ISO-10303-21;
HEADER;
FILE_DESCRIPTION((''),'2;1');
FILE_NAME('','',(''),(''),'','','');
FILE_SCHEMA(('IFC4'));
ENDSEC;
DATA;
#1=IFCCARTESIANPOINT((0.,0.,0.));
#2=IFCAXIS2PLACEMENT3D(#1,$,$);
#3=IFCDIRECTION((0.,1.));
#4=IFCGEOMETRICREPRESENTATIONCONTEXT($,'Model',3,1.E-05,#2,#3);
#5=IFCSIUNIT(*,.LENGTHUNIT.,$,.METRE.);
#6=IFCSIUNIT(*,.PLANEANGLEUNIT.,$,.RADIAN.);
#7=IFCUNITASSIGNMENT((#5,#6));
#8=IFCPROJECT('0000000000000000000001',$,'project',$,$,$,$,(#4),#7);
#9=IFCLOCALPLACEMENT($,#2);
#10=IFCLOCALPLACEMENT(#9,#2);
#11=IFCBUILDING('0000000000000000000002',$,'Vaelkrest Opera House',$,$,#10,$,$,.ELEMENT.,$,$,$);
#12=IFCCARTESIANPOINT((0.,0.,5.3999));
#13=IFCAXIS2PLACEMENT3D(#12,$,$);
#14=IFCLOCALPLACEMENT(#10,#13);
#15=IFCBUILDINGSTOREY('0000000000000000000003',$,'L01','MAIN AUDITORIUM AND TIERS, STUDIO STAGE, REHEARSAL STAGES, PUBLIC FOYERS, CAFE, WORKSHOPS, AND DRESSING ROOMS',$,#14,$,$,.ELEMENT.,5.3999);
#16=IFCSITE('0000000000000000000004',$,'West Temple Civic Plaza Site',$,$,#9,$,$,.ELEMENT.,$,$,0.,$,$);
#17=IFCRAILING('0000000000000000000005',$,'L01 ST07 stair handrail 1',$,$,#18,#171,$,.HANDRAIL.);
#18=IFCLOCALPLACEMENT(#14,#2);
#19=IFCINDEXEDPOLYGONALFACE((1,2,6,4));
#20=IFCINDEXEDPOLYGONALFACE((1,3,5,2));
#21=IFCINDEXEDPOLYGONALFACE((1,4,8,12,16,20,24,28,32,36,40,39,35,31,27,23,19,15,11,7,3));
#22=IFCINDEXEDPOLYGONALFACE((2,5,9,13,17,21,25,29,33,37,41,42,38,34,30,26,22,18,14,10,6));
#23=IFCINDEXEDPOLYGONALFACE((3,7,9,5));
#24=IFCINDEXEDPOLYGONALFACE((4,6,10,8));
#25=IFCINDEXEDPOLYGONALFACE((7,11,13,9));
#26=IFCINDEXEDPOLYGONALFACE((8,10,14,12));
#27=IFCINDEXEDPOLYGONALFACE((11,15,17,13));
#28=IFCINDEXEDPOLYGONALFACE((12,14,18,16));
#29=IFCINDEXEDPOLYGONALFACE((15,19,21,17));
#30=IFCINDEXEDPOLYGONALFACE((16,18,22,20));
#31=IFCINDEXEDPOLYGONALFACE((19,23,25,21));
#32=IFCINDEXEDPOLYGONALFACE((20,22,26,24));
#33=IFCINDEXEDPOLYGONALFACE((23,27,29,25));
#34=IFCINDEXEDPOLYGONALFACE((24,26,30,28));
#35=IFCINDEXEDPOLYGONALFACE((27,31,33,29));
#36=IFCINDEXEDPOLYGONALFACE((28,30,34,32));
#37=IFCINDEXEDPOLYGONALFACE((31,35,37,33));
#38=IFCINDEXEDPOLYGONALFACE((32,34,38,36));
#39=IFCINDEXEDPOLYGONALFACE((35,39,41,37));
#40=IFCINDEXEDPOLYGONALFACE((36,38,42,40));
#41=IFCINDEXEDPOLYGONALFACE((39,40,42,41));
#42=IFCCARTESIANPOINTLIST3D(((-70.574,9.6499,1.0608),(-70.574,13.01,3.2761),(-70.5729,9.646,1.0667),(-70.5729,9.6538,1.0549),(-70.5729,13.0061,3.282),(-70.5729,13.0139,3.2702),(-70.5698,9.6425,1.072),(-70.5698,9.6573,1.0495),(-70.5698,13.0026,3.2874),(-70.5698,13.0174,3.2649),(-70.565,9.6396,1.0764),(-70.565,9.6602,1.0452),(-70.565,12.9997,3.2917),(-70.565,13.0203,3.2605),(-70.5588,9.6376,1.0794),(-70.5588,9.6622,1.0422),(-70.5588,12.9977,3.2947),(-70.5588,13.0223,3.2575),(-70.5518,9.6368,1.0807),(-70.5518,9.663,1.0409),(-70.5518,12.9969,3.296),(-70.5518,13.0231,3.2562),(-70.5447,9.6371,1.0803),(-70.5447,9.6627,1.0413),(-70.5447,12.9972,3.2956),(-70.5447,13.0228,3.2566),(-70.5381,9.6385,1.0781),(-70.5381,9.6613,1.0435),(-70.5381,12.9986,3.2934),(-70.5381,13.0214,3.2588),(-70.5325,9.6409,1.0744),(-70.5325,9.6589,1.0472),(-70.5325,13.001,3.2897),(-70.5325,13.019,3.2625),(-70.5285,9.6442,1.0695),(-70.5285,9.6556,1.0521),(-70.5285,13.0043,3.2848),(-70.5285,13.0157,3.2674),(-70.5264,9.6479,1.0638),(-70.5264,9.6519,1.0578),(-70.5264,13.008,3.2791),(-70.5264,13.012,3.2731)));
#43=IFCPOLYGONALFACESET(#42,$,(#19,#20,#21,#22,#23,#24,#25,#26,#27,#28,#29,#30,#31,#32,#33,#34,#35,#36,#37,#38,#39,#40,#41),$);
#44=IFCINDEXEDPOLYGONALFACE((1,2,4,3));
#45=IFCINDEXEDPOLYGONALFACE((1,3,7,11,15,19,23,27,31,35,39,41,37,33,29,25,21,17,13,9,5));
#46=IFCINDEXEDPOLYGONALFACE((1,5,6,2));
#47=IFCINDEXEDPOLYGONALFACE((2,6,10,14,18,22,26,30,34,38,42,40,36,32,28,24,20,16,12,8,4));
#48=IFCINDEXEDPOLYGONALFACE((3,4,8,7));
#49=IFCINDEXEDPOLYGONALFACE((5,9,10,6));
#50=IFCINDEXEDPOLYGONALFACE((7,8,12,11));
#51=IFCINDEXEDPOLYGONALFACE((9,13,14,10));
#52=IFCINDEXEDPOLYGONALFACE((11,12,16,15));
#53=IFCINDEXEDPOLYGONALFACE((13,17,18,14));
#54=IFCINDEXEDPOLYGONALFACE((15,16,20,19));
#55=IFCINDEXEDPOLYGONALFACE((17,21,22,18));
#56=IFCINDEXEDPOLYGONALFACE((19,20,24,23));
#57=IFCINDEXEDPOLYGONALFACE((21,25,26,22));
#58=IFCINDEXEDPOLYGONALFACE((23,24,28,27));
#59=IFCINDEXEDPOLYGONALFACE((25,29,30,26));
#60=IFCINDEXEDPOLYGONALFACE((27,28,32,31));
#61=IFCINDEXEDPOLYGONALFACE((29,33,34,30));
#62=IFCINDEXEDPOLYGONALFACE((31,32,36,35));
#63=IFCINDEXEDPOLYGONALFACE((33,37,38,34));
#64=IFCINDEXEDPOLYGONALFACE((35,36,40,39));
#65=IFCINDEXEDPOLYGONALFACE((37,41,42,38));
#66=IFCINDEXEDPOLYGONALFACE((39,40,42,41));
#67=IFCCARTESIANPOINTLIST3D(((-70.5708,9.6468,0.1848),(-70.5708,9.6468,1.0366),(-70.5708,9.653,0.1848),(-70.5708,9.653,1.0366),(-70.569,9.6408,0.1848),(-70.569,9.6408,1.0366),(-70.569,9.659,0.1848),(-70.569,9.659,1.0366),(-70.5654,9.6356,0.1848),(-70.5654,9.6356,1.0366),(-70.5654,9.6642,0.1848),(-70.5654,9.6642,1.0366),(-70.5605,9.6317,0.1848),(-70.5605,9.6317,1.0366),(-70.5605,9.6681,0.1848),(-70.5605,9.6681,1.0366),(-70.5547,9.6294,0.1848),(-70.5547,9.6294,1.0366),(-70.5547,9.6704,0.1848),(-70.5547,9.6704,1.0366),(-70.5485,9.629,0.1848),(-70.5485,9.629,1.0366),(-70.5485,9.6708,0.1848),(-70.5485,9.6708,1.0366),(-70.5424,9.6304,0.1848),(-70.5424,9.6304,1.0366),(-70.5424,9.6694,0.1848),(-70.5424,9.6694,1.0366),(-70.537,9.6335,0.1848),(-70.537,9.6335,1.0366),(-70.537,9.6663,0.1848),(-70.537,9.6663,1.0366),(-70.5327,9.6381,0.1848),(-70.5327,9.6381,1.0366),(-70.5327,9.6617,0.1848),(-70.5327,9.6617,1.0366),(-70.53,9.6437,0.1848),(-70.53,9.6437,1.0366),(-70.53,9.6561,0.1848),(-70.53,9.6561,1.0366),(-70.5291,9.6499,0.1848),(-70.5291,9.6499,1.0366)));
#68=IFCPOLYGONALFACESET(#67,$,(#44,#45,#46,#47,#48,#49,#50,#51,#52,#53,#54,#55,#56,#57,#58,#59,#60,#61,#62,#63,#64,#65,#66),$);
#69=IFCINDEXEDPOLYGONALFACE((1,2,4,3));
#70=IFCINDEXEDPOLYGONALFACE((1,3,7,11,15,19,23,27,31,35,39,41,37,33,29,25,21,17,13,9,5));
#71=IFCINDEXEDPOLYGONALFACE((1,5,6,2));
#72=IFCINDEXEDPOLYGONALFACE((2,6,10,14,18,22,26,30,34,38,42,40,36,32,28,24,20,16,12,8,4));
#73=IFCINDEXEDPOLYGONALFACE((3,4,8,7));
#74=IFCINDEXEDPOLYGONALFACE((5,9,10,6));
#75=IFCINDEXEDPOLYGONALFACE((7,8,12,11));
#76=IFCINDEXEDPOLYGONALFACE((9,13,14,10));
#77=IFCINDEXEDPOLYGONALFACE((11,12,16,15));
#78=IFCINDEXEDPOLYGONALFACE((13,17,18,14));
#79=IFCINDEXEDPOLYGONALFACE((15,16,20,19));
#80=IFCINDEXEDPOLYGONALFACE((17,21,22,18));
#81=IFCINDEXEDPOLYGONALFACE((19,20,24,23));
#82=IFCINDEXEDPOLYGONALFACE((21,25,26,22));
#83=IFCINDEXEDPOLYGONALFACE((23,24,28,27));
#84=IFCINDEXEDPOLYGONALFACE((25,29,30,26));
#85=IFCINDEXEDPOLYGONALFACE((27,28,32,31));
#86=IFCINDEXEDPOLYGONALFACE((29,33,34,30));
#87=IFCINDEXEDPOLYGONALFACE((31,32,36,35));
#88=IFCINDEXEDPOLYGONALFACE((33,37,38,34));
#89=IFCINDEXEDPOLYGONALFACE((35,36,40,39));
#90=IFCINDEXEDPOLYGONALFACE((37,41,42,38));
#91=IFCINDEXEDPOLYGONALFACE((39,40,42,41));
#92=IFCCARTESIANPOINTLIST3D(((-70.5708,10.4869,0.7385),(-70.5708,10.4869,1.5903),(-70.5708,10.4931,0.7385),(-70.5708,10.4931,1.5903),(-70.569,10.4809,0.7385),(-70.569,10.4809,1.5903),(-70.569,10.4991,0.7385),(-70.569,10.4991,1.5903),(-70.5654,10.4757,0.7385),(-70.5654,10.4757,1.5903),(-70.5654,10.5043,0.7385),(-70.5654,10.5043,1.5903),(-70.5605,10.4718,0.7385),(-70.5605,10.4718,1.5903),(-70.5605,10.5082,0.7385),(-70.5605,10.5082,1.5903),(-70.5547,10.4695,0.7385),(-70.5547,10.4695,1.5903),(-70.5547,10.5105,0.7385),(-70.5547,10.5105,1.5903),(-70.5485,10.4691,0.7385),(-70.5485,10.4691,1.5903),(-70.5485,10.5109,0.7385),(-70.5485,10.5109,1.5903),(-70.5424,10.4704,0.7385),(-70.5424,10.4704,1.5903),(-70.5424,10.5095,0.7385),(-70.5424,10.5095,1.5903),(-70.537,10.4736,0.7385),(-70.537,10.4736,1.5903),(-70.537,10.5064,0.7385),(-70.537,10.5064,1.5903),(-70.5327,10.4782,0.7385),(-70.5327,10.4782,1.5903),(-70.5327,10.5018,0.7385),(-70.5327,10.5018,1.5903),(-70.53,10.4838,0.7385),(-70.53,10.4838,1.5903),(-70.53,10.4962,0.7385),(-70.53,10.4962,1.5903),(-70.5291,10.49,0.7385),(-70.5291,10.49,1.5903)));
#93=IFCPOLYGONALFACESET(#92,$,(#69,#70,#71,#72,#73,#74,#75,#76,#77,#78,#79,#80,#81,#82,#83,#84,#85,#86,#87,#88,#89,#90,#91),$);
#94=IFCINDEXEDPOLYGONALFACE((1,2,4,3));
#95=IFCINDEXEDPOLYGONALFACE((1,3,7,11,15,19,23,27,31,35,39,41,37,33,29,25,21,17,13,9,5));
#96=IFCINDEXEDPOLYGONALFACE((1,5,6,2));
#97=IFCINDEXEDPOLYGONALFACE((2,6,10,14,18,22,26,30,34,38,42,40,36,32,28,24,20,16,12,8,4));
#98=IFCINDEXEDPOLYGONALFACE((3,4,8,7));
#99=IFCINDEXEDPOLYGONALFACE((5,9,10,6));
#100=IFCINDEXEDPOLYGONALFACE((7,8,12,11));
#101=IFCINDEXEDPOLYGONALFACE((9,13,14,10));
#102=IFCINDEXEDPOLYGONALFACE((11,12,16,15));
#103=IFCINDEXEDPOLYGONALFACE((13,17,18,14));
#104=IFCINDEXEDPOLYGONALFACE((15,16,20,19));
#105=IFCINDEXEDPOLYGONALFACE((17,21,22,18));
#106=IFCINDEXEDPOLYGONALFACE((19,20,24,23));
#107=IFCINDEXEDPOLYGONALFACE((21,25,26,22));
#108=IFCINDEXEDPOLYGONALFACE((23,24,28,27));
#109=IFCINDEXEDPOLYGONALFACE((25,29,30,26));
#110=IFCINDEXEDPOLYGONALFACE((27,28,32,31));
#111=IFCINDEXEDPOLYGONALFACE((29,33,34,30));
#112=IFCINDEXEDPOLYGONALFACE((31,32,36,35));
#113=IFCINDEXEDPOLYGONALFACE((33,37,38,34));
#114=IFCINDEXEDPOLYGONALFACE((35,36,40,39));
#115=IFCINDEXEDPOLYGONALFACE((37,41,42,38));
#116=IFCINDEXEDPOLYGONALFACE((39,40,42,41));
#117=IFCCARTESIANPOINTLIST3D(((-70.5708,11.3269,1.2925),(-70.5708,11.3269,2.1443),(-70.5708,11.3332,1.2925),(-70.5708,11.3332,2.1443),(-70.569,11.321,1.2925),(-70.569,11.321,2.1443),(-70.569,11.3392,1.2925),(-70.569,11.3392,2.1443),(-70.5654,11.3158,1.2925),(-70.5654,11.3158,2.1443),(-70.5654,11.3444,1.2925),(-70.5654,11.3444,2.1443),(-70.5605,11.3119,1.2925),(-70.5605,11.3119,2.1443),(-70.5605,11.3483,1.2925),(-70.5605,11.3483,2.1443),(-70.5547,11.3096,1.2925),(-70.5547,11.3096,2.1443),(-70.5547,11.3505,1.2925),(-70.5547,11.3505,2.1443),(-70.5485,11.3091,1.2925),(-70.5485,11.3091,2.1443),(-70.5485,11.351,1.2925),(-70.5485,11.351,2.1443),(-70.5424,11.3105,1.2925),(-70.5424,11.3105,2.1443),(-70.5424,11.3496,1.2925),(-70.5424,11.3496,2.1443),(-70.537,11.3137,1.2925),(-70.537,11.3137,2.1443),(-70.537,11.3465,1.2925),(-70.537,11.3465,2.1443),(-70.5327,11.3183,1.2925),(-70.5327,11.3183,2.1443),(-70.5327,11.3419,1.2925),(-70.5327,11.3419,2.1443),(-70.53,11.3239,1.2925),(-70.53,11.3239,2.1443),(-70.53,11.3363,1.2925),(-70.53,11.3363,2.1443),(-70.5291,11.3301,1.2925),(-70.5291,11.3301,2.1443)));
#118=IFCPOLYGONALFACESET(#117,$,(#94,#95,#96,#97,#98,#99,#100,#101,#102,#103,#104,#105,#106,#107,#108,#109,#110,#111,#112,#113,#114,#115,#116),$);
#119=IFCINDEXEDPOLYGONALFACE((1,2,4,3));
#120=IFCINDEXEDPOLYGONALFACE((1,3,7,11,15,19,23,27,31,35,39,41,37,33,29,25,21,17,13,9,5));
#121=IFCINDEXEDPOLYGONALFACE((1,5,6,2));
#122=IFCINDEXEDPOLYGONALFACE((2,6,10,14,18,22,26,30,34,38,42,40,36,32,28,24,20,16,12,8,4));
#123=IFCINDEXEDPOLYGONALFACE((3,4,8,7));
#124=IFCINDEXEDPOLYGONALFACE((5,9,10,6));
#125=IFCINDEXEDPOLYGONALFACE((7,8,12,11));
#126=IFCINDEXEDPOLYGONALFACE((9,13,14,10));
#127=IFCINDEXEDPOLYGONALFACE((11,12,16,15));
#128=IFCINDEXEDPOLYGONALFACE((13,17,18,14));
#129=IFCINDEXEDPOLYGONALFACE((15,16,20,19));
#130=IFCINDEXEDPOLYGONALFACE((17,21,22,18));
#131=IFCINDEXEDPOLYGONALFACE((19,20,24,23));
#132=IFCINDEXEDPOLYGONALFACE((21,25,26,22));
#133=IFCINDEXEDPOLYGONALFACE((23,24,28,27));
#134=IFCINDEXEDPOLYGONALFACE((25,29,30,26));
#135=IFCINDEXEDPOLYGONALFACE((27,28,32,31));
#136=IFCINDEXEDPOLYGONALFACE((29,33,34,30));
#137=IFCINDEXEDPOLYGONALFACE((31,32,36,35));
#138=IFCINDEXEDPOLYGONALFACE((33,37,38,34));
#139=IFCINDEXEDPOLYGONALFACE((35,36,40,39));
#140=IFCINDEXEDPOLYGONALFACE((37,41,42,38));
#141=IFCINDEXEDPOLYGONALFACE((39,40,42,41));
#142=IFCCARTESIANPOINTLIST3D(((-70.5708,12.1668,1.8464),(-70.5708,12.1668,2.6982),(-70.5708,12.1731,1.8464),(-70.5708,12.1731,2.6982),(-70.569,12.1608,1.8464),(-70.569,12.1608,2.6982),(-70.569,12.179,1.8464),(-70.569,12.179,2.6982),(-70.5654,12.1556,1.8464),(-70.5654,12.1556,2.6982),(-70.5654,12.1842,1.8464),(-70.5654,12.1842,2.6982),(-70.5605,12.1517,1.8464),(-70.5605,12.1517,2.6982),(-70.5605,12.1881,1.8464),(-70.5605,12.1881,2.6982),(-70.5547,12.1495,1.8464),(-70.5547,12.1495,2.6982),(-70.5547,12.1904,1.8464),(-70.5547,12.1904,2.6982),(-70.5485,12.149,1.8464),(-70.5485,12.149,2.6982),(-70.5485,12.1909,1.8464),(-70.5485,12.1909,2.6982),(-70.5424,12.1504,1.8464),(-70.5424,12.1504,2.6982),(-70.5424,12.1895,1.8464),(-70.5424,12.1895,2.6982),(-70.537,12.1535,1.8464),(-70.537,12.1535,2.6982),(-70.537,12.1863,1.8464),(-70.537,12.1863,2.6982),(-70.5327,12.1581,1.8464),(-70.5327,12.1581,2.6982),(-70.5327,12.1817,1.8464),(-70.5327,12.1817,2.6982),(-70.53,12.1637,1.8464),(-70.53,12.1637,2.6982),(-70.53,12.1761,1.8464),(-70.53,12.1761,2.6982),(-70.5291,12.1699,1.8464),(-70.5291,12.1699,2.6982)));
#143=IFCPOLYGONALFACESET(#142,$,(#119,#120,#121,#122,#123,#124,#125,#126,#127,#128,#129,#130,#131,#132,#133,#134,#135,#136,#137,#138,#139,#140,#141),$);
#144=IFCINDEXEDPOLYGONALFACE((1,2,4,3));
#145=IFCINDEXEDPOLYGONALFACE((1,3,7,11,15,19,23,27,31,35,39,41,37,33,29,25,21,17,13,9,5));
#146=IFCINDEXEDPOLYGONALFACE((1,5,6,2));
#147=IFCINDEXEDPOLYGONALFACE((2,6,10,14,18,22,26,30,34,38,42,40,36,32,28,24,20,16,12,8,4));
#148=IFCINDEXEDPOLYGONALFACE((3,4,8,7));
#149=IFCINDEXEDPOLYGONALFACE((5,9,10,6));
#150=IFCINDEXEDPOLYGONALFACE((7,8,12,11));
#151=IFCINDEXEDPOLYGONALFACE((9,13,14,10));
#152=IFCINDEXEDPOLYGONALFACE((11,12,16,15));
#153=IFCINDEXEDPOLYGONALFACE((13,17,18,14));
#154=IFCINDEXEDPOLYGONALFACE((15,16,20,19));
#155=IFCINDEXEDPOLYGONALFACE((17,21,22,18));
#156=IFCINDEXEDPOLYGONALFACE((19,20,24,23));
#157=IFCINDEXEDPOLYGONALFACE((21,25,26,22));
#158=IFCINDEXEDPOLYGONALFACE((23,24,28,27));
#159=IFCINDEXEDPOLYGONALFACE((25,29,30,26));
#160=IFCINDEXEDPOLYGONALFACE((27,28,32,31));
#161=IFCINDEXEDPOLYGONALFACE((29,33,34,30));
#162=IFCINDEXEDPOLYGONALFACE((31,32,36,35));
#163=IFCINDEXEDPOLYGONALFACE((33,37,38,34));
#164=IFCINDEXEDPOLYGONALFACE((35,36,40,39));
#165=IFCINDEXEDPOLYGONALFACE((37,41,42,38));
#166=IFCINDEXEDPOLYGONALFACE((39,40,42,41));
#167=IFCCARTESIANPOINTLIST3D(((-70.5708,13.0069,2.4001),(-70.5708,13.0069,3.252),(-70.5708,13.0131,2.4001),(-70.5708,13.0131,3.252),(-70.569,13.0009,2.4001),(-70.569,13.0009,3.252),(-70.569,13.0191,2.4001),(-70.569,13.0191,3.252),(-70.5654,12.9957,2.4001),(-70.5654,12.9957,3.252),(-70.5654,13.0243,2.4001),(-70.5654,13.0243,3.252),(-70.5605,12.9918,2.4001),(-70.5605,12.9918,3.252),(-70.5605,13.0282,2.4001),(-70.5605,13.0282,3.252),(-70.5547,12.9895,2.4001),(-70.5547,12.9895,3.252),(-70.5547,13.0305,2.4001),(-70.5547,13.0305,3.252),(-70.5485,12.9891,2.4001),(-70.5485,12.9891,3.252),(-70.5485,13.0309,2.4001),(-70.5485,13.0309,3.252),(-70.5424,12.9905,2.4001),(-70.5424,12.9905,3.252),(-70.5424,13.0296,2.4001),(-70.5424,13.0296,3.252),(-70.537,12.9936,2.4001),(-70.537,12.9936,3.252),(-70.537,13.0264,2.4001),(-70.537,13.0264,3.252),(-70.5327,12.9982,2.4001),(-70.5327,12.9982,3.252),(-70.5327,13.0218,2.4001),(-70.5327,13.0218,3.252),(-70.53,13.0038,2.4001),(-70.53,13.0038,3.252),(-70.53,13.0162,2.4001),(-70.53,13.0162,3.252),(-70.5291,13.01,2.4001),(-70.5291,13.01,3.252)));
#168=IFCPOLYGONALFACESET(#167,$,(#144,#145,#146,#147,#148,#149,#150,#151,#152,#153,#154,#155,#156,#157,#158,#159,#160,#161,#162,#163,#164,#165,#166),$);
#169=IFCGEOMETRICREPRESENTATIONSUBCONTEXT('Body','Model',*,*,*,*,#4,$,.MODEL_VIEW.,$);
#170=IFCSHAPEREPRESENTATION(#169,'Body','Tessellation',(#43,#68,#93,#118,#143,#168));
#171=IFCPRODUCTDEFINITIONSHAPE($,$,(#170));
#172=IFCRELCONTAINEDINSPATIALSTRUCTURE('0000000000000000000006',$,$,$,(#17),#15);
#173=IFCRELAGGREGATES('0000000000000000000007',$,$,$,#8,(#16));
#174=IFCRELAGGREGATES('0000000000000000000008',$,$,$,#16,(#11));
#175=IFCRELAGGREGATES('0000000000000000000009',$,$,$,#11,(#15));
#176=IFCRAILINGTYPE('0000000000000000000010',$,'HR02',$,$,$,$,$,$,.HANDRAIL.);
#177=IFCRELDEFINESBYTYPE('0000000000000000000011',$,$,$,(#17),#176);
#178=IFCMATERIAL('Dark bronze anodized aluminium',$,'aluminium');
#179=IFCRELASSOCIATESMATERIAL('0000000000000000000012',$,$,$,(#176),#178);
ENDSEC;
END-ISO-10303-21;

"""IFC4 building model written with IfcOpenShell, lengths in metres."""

from ifc_helpers import new_model, si_unit, direction, frame, origin, origin_2d, place, context, subcontext, project, spatial, circle, extrude, material, type_object, element, save


model = new_model("IFC4")

# Units and contexts
model_context = context("Model", 3, precision=1e-05, world=origin(), true_north=direction((0.0, 1.0)))
body_context = subcontext(model_context, "Body", "Model", "MODEL_VIEW")
ifc_project = project(units=[si_unit("LENGTHUNIT", "METRE"), si_unit("PLANEANGLEUNIT", "RADIAN")], contexts=[model_context])

# Site, building, storey
site_placement = place(None, origin())
site = spatial("IfcSite", under=ifc_project, at=site_placement, Name="West Temple Civic Plaza Site", CompositionType="ELEMENT", RefElevation=0.0)
building_placement = place(site_placement, origin())
building = spatial("IfcBuilding", under=site, at=building_placement, Name="Vaelkrest Opera House", CompositionType="ELEMENT")
storey_placement = place(building_placement, frame((0.0, 0.0, 5.3999)))
storey = spatial("IfcBuildingStorey", under=building, at=storey_placement, Name="L01", Description="MAIN AUDITORIUM AND TIERS, STUDIO STAGE, REHEARSAL STAGES, PUBLIC FOYERS, CAFE, WORKSHOPS, AND DRESSING ROOMS", CompositionType="ELEMENT", Elevation=5.3999)

# Shared definitions
ifc_material_1 = material(Name="Dark bronze anodized aluminium", Category="aluminium")

# Railing
railing_type_1 = type_object("IfcRailingType", Name="HR02", PredefinedType="HANDRAIL", material=ifc_material_1)
railing_1_placement = place(storey_placement, frame((-70.55, 9.6499, 0.1848)))
element("IfcRailing", 1, at=railing_1_placement, inside=storey, type_object=railing_type_1, Name="L01 ST07 stair handrail 1", PredefinedType="HANDRAIL", context=body_context, shape_type="SweptSolid", body=[
    extrude(circle(Radius=0.0239, at=origin_2d()), frame((0.0, 0.0, 0.876), z_axis=(0.0, 0.834876, 0.550437), x_axis=(-1.0, 0.0, 0.0)), (0.0, 0.0, 1.0), 4.0247),
    extrude(circle(Radius=0.021, at=origin_2d()), origin(), (0.0, 0.0, 1.0), 0.8518),
    extrude(circle(Radius=0.021, at=origin_2d()), frame((0.0, 0.8401, 0.5537)), (0.0, 0.0, 1.0), 0.8518),
    extrude(circle(Radius=0.021, at=origin_2d()), frame((0.0, 1.6802, 1.1077)), (0.0, 0.0, 1.0), 0.8518),
    extrude(circle(Radius=0.021, at=origin_2d()), frame((0.0, 2.52, 1.6616)), (0.0, 0.0, 1.0), 0.8518),
    extrude(circle(Radius=0.021, at=origin_2d()), frame((0.0, 3.3601, 2.2153)), (0.0, 0.0, 1.0), 0.8518),
])

save(model, "model.ifc")
